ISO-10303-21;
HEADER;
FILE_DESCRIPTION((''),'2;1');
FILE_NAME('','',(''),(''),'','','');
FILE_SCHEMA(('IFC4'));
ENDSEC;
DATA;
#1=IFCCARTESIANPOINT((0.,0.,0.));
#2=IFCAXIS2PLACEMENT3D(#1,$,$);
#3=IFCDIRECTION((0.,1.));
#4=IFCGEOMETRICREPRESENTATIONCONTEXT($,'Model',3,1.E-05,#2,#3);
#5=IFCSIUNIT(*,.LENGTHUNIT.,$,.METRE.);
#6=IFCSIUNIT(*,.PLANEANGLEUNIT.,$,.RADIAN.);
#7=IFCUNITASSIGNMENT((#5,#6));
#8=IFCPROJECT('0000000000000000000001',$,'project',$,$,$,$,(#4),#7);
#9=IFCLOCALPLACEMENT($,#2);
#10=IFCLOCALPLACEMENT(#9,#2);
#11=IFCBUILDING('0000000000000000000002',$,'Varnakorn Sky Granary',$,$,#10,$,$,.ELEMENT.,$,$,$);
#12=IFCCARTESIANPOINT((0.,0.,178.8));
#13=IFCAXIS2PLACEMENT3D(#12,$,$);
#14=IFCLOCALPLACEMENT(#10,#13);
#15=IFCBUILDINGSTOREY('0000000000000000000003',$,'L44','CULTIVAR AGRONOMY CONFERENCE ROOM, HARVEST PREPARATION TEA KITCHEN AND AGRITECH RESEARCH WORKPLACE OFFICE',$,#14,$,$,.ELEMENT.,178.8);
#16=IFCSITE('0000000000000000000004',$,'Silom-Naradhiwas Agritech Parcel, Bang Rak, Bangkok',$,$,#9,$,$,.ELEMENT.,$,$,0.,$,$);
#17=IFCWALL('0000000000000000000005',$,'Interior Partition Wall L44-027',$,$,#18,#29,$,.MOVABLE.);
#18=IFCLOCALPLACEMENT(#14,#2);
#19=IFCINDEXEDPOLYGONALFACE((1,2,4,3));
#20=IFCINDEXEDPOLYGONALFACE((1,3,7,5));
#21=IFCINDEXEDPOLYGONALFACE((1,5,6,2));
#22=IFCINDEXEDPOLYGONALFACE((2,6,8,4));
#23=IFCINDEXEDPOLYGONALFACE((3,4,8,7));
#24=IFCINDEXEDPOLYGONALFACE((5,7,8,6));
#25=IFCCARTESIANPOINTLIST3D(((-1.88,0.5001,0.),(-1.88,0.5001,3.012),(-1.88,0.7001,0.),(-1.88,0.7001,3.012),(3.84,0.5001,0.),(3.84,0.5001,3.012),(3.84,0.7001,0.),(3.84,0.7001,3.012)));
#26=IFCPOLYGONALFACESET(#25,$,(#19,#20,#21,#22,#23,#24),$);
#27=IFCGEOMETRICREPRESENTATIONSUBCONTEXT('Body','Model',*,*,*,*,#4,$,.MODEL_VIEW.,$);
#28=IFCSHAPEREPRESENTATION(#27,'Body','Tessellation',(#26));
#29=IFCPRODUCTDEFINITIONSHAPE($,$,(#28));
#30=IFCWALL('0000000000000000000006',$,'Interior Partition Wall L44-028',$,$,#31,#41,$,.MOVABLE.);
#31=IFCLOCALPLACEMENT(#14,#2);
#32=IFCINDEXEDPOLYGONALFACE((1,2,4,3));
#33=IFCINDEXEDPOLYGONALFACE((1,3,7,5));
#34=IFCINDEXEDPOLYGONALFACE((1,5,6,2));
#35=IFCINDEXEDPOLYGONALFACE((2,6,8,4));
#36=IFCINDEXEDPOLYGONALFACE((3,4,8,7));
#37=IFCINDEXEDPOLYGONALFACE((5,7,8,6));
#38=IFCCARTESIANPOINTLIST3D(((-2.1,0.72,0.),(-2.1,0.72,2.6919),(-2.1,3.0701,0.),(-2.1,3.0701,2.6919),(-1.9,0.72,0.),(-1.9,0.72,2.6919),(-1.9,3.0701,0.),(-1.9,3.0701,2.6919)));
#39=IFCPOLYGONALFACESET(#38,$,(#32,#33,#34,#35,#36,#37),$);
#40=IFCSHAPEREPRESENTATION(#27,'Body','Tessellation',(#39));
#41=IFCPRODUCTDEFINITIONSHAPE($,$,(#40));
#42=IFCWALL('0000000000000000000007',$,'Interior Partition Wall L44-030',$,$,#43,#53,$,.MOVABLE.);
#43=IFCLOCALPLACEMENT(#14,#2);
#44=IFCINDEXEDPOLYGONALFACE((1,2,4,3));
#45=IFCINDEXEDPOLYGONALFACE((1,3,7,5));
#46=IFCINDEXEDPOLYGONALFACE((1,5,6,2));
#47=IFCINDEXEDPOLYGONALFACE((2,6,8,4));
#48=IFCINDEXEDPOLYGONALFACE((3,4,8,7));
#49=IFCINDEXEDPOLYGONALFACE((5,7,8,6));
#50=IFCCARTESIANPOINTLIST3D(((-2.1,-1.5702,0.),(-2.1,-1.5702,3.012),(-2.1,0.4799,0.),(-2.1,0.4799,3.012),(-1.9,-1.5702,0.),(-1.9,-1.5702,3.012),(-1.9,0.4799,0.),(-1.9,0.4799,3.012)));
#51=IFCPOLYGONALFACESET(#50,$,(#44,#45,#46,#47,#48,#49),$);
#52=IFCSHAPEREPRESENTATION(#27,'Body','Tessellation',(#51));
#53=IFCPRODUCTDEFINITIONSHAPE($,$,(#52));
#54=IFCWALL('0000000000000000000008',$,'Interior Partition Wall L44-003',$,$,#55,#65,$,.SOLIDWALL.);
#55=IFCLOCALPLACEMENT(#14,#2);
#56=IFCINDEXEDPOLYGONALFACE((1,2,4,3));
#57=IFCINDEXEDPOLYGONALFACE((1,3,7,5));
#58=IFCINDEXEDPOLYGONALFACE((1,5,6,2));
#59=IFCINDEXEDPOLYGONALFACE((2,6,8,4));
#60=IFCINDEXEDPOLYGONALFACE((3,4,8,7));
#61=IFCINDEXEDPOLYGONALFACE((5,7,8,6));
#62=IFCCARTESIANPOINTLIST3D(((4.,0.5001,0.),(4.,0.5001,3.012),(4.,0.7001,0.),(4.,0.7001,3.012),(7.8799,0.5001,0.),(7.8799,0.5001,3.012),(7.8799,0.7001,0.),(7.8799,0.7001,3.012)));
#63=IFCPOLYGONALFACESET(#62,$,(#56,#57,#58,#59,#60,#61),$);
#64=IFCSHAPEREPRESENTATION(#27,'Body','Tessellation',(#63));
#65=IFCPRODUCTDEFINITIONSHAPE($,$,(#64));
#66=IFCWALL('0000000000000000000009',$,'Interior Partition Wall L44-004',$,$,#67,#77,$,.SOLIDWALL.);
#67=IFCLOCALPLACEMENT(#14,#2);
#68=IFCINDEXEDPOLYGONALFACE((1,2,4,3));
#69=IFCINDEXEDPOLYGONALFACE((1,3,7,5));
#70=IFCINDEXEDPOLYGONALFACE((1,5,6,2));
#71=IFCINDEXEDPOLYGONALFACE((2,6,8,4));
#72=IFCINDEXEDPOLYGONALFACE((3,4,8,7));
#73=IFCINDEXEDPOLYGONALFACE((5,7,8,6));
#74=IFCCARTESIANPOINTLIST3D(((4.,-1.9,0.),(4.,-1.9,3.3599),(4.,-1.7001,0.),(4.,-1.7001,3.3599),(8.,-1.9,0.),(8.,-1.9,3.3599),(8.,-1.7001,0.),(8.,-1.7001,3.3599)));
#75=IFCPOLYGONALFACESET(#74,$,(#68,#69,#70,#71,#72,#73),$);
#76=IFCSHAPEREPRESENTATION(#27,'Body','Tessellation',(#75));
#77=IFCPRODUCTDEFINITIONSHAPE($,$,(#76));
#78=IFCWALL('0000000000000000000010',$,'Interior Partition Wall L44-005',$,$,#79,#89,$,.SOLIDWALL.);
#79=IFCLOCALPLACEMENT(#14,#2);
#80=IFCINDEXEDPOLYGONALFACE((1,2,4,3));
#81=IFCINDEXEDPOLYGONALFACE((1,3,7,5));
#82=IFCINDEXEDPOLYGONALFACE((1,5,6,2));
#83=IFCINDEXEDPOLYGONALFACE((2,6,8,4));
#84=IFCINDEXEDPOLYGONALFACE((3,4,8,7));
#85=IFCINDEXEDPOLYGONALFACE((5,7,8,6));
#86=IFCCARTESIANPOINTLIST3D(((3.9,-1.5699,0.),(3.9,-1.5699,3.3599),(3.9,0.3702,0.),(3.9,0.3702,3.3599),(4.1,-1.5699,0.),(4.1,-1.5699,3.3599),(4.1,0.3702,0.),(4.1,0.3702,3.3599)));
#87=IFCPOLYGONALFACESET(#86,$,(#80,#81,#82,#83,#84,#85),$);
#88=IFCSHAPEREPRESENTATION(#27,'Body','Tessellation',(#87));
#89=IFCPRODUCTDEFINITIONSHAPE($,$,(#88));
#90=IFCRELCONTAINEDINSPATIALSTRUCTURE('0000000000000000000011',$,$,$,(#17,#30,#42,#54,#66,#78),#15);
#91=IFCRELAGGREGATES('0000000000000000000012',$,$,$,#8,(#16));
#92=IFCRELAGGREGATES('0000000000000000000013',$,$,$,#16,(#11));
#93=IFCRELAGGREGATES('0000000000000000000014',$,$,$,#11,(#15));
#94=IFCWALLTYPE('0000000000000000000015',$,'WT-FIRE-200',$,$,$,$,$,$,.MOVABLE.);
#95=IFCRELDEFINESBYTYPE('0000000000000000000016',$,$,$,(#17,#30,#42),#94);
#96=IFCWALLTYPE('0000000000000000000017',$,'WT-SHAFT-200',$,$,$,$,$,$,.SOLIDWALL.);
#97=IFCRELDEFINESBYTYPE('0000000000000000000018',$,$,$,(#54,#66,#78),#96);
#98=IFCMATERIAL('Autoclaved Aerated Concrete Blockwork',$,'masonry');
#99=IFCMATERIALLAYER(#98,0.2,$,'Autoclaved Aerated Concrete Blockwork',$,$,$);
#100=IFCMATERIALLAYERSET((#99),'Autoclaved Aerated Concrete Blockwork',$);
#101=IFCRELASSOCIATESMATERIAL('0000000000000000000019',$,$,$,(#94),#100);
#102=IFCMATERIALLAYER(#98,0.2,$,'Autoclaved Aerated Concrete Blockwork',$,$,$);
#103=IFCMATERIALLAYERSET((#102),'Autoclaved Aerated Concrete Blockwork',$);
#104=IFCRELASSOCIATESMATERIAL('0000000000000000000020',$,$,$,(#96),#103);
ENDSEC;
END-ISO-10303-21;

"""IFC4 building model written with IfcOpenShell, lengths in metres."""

from ifc_helpers import new_model, si_unit, direction, frame, frame_2d, origin, place, context, subcontext, project, spatial, rectangle, extrude, material, layer, layer_set, type_object, element, save


model = new_model("IFC4")

# Units and contexts
model_context = context("Model", 3, precision=1e-05, world=origin(), true_north=direction((0.0, 1.0)))
body_context = subcontext(model_context, "Body", "Model", "MODEL_VIEW")
ifc_project = project(units=[si_unit("LENGTHUNIT", "METRE"), si_unit("PLANEANGLEUNIT", "RADIAN")], contexts=[model_context])

# Site, building, storey
site_placement = place(None, origin())
site = spatial("IfcSite", under=ifc_project, at=site_placement, Name="Silom-Naradhiwas Agritech Parcel, Bang Rak, Bangkok", CompositionType="ELEMENT", RefElevation=0.0)
building_placement = place(site_placement, origin())
building = spatial("IfcBuilding", under=site, at=building_placement, Name="Varnakorn Sky Granary", CompositionType="ELEMENT")
storey_placement = place(building_placement, frame((0.0, 0.0, 178.8)))
storey = spatial("IfcBuildingStorey", under=building, at=storey_placement, Name="L44", Description="CULTIVAR AGRONOMY CONFERENCE ROOM, HARVEST PREPARATION TEA KITCHEN AND AGRITECH RESEARCH WORKPLACE OFFICE", CompositionType="ELEMENT", Elevation=178.8)

# Shared definitions
ifc_material_1 = material(Name="Autoclaved Aerated Concrete Blockwork", Category="masonry")
ifc_layer_1 = layer(ifc_material_1, 0.2, Name="Autoclaved Aerated Concrete Blockwork")
ifc_layer_set_1 = layer_set([ifc_layer_1], Name="Autoclaved Aerated Concrete Blockwork")
wall_type_1 = type_object("IfcWallType", Name="WT-FIRE-200", PredefinedType="MOVABLE", material=ifc_layer_set_1)

# Walls
wall_1_placement = place(storey_placement, frame((-1.8799, 0.6001, 0.0), z_axis=(0.0, 0.0, 1.0), x_axis=(1.0, 0.0, 0.0)))
element("IfcWall", 1, at=wall_1_placement, inside=storey, type_object=wall_type_1, Name="Interior Partition Wall L44-027", PredefinedType="MOVABLE", context=body_context, shape_type="SweptSolid", body=[
    extrude(rectangle(XDim=5.72, YDim=0.2, at=frame_2d((2.8599, 0.0))), origin(), (0.0, 0.0, 1.0), 3.012),
])
wall_2_placement = place(storey_placement, frame((-2.0, 0.72, 0.0), z_axis=(0.0, 0.0, 1.0), x_axis=(0.0, 1.0, 0.0)))
element("IfcWall", 2, at=wall_2_placement, inside=storey, type_object=wall_type_1, Name="Interior Partition Wall L44-028", PredefinedType="MOVABLE", context=body_context, shape_type="SweptSolid", body=[
    extrude(rectangle(XDim=2.3501, YDim=0.2, at=frame_2d((1.175, 0.0))), origin(), (0.0, 0.0, 1.0), 2.6919),
])
wall_3_placement = place(storey_placement, frame((-2.0, -1.5701, 0.0), z_axis=(0.0, 0.0, 1.0), x_axis=(0.0, 1.0, 0.0)))
element("IfcWall", 3, at=wall_3_placement, inside=storey, type_object=wall_type_1, Name="Interior Partition Wall L44-030", PredefinedType="MOVABLE", context=body_context, shape_type="SweptSolid", body=[
    extrude(rectangle(XDim=2.05, YDim=0.2, at=frame_2d((1.0249, 0.0))), origin(), (0.0, 0.0, 1.0), 3.012),
])
ifc_layer_2 = layer(ifc_material_1, 0.2, Name="Autoclaved Aerated Concrete Blockwork")
ifc_layer_set_2 = layer_set([ifc_layer_2], Name="Autoclaved Aerated Concrete Blockwork")
wall_type_2 = type_object("IfcWallType", Name="WT-SHAFT-200", PredefinedType="SOLIDWALL", material=ifc_layer_set_2)
wall_4_placement = place(storey_placement, frame((4.0, 0.6001, 0.0), z_axis=(0.0, 0.0, 1.0), x_axis=(1.0, 0.0, 0.0)))
element("IfcWall", 4, at=wall_4_placement, inside=storey, type_object=wall_type_2, Name="Interior Partition Wall L44-003", PredefinedType="SOLIDWALL", context=body_context, shape_type="SweptSolid", body=[
    extrude(rectangle(XDim=3.8799, YDim=0.2, at=frame_2d((1.9399, 0.0))), origin(), (0.0, 0.0, 1.0), 3.012),
])
wall_5_placement = place(storey_placement, frame((4.0, -1.8, 0.0), z_axis=(0.0, 0.0, 1.0), x_axis=(1.0, 0.0, 0.0)))
element("IfcWall", 5, at=wall_5_placement, inside=storey, type_object=wall_type_2, Name="Interior Partition Wall L44-004", PredefinedType="SOLIDWALL", context=body_context, shape_type="SweptSolid", body=[
    extrude(rectangle(XDim=4.0, YDim=0.2, at=frame_2d((2.0, 0.0))), origin(), (0.0, 0.0, 1.0), 3.3599),
])
wall_6_placement = place(storey_placement, frame((4.0, -1.5701, 0.0), z_axis=(0.0, 0.0, 1.0), x_axis=(0.0, 1.0, 0.0)))
element("IfcWall", 6, at=wall_6_placement, inside=storey, type_object=wall_type_2, Name="Interior Partition Wall L44-005", PredefinedType="SOLIDWALL", context=body_context, shape_type="SweptSolid", body=[
    extrude(rectangle(XDim=1.9402, YDim=0.2, at=frame_2d((0.9702, 0.0))), origin(), (0.0, 0.0, 1.0), 3.3599),
])

save(model, "model.ifc")
